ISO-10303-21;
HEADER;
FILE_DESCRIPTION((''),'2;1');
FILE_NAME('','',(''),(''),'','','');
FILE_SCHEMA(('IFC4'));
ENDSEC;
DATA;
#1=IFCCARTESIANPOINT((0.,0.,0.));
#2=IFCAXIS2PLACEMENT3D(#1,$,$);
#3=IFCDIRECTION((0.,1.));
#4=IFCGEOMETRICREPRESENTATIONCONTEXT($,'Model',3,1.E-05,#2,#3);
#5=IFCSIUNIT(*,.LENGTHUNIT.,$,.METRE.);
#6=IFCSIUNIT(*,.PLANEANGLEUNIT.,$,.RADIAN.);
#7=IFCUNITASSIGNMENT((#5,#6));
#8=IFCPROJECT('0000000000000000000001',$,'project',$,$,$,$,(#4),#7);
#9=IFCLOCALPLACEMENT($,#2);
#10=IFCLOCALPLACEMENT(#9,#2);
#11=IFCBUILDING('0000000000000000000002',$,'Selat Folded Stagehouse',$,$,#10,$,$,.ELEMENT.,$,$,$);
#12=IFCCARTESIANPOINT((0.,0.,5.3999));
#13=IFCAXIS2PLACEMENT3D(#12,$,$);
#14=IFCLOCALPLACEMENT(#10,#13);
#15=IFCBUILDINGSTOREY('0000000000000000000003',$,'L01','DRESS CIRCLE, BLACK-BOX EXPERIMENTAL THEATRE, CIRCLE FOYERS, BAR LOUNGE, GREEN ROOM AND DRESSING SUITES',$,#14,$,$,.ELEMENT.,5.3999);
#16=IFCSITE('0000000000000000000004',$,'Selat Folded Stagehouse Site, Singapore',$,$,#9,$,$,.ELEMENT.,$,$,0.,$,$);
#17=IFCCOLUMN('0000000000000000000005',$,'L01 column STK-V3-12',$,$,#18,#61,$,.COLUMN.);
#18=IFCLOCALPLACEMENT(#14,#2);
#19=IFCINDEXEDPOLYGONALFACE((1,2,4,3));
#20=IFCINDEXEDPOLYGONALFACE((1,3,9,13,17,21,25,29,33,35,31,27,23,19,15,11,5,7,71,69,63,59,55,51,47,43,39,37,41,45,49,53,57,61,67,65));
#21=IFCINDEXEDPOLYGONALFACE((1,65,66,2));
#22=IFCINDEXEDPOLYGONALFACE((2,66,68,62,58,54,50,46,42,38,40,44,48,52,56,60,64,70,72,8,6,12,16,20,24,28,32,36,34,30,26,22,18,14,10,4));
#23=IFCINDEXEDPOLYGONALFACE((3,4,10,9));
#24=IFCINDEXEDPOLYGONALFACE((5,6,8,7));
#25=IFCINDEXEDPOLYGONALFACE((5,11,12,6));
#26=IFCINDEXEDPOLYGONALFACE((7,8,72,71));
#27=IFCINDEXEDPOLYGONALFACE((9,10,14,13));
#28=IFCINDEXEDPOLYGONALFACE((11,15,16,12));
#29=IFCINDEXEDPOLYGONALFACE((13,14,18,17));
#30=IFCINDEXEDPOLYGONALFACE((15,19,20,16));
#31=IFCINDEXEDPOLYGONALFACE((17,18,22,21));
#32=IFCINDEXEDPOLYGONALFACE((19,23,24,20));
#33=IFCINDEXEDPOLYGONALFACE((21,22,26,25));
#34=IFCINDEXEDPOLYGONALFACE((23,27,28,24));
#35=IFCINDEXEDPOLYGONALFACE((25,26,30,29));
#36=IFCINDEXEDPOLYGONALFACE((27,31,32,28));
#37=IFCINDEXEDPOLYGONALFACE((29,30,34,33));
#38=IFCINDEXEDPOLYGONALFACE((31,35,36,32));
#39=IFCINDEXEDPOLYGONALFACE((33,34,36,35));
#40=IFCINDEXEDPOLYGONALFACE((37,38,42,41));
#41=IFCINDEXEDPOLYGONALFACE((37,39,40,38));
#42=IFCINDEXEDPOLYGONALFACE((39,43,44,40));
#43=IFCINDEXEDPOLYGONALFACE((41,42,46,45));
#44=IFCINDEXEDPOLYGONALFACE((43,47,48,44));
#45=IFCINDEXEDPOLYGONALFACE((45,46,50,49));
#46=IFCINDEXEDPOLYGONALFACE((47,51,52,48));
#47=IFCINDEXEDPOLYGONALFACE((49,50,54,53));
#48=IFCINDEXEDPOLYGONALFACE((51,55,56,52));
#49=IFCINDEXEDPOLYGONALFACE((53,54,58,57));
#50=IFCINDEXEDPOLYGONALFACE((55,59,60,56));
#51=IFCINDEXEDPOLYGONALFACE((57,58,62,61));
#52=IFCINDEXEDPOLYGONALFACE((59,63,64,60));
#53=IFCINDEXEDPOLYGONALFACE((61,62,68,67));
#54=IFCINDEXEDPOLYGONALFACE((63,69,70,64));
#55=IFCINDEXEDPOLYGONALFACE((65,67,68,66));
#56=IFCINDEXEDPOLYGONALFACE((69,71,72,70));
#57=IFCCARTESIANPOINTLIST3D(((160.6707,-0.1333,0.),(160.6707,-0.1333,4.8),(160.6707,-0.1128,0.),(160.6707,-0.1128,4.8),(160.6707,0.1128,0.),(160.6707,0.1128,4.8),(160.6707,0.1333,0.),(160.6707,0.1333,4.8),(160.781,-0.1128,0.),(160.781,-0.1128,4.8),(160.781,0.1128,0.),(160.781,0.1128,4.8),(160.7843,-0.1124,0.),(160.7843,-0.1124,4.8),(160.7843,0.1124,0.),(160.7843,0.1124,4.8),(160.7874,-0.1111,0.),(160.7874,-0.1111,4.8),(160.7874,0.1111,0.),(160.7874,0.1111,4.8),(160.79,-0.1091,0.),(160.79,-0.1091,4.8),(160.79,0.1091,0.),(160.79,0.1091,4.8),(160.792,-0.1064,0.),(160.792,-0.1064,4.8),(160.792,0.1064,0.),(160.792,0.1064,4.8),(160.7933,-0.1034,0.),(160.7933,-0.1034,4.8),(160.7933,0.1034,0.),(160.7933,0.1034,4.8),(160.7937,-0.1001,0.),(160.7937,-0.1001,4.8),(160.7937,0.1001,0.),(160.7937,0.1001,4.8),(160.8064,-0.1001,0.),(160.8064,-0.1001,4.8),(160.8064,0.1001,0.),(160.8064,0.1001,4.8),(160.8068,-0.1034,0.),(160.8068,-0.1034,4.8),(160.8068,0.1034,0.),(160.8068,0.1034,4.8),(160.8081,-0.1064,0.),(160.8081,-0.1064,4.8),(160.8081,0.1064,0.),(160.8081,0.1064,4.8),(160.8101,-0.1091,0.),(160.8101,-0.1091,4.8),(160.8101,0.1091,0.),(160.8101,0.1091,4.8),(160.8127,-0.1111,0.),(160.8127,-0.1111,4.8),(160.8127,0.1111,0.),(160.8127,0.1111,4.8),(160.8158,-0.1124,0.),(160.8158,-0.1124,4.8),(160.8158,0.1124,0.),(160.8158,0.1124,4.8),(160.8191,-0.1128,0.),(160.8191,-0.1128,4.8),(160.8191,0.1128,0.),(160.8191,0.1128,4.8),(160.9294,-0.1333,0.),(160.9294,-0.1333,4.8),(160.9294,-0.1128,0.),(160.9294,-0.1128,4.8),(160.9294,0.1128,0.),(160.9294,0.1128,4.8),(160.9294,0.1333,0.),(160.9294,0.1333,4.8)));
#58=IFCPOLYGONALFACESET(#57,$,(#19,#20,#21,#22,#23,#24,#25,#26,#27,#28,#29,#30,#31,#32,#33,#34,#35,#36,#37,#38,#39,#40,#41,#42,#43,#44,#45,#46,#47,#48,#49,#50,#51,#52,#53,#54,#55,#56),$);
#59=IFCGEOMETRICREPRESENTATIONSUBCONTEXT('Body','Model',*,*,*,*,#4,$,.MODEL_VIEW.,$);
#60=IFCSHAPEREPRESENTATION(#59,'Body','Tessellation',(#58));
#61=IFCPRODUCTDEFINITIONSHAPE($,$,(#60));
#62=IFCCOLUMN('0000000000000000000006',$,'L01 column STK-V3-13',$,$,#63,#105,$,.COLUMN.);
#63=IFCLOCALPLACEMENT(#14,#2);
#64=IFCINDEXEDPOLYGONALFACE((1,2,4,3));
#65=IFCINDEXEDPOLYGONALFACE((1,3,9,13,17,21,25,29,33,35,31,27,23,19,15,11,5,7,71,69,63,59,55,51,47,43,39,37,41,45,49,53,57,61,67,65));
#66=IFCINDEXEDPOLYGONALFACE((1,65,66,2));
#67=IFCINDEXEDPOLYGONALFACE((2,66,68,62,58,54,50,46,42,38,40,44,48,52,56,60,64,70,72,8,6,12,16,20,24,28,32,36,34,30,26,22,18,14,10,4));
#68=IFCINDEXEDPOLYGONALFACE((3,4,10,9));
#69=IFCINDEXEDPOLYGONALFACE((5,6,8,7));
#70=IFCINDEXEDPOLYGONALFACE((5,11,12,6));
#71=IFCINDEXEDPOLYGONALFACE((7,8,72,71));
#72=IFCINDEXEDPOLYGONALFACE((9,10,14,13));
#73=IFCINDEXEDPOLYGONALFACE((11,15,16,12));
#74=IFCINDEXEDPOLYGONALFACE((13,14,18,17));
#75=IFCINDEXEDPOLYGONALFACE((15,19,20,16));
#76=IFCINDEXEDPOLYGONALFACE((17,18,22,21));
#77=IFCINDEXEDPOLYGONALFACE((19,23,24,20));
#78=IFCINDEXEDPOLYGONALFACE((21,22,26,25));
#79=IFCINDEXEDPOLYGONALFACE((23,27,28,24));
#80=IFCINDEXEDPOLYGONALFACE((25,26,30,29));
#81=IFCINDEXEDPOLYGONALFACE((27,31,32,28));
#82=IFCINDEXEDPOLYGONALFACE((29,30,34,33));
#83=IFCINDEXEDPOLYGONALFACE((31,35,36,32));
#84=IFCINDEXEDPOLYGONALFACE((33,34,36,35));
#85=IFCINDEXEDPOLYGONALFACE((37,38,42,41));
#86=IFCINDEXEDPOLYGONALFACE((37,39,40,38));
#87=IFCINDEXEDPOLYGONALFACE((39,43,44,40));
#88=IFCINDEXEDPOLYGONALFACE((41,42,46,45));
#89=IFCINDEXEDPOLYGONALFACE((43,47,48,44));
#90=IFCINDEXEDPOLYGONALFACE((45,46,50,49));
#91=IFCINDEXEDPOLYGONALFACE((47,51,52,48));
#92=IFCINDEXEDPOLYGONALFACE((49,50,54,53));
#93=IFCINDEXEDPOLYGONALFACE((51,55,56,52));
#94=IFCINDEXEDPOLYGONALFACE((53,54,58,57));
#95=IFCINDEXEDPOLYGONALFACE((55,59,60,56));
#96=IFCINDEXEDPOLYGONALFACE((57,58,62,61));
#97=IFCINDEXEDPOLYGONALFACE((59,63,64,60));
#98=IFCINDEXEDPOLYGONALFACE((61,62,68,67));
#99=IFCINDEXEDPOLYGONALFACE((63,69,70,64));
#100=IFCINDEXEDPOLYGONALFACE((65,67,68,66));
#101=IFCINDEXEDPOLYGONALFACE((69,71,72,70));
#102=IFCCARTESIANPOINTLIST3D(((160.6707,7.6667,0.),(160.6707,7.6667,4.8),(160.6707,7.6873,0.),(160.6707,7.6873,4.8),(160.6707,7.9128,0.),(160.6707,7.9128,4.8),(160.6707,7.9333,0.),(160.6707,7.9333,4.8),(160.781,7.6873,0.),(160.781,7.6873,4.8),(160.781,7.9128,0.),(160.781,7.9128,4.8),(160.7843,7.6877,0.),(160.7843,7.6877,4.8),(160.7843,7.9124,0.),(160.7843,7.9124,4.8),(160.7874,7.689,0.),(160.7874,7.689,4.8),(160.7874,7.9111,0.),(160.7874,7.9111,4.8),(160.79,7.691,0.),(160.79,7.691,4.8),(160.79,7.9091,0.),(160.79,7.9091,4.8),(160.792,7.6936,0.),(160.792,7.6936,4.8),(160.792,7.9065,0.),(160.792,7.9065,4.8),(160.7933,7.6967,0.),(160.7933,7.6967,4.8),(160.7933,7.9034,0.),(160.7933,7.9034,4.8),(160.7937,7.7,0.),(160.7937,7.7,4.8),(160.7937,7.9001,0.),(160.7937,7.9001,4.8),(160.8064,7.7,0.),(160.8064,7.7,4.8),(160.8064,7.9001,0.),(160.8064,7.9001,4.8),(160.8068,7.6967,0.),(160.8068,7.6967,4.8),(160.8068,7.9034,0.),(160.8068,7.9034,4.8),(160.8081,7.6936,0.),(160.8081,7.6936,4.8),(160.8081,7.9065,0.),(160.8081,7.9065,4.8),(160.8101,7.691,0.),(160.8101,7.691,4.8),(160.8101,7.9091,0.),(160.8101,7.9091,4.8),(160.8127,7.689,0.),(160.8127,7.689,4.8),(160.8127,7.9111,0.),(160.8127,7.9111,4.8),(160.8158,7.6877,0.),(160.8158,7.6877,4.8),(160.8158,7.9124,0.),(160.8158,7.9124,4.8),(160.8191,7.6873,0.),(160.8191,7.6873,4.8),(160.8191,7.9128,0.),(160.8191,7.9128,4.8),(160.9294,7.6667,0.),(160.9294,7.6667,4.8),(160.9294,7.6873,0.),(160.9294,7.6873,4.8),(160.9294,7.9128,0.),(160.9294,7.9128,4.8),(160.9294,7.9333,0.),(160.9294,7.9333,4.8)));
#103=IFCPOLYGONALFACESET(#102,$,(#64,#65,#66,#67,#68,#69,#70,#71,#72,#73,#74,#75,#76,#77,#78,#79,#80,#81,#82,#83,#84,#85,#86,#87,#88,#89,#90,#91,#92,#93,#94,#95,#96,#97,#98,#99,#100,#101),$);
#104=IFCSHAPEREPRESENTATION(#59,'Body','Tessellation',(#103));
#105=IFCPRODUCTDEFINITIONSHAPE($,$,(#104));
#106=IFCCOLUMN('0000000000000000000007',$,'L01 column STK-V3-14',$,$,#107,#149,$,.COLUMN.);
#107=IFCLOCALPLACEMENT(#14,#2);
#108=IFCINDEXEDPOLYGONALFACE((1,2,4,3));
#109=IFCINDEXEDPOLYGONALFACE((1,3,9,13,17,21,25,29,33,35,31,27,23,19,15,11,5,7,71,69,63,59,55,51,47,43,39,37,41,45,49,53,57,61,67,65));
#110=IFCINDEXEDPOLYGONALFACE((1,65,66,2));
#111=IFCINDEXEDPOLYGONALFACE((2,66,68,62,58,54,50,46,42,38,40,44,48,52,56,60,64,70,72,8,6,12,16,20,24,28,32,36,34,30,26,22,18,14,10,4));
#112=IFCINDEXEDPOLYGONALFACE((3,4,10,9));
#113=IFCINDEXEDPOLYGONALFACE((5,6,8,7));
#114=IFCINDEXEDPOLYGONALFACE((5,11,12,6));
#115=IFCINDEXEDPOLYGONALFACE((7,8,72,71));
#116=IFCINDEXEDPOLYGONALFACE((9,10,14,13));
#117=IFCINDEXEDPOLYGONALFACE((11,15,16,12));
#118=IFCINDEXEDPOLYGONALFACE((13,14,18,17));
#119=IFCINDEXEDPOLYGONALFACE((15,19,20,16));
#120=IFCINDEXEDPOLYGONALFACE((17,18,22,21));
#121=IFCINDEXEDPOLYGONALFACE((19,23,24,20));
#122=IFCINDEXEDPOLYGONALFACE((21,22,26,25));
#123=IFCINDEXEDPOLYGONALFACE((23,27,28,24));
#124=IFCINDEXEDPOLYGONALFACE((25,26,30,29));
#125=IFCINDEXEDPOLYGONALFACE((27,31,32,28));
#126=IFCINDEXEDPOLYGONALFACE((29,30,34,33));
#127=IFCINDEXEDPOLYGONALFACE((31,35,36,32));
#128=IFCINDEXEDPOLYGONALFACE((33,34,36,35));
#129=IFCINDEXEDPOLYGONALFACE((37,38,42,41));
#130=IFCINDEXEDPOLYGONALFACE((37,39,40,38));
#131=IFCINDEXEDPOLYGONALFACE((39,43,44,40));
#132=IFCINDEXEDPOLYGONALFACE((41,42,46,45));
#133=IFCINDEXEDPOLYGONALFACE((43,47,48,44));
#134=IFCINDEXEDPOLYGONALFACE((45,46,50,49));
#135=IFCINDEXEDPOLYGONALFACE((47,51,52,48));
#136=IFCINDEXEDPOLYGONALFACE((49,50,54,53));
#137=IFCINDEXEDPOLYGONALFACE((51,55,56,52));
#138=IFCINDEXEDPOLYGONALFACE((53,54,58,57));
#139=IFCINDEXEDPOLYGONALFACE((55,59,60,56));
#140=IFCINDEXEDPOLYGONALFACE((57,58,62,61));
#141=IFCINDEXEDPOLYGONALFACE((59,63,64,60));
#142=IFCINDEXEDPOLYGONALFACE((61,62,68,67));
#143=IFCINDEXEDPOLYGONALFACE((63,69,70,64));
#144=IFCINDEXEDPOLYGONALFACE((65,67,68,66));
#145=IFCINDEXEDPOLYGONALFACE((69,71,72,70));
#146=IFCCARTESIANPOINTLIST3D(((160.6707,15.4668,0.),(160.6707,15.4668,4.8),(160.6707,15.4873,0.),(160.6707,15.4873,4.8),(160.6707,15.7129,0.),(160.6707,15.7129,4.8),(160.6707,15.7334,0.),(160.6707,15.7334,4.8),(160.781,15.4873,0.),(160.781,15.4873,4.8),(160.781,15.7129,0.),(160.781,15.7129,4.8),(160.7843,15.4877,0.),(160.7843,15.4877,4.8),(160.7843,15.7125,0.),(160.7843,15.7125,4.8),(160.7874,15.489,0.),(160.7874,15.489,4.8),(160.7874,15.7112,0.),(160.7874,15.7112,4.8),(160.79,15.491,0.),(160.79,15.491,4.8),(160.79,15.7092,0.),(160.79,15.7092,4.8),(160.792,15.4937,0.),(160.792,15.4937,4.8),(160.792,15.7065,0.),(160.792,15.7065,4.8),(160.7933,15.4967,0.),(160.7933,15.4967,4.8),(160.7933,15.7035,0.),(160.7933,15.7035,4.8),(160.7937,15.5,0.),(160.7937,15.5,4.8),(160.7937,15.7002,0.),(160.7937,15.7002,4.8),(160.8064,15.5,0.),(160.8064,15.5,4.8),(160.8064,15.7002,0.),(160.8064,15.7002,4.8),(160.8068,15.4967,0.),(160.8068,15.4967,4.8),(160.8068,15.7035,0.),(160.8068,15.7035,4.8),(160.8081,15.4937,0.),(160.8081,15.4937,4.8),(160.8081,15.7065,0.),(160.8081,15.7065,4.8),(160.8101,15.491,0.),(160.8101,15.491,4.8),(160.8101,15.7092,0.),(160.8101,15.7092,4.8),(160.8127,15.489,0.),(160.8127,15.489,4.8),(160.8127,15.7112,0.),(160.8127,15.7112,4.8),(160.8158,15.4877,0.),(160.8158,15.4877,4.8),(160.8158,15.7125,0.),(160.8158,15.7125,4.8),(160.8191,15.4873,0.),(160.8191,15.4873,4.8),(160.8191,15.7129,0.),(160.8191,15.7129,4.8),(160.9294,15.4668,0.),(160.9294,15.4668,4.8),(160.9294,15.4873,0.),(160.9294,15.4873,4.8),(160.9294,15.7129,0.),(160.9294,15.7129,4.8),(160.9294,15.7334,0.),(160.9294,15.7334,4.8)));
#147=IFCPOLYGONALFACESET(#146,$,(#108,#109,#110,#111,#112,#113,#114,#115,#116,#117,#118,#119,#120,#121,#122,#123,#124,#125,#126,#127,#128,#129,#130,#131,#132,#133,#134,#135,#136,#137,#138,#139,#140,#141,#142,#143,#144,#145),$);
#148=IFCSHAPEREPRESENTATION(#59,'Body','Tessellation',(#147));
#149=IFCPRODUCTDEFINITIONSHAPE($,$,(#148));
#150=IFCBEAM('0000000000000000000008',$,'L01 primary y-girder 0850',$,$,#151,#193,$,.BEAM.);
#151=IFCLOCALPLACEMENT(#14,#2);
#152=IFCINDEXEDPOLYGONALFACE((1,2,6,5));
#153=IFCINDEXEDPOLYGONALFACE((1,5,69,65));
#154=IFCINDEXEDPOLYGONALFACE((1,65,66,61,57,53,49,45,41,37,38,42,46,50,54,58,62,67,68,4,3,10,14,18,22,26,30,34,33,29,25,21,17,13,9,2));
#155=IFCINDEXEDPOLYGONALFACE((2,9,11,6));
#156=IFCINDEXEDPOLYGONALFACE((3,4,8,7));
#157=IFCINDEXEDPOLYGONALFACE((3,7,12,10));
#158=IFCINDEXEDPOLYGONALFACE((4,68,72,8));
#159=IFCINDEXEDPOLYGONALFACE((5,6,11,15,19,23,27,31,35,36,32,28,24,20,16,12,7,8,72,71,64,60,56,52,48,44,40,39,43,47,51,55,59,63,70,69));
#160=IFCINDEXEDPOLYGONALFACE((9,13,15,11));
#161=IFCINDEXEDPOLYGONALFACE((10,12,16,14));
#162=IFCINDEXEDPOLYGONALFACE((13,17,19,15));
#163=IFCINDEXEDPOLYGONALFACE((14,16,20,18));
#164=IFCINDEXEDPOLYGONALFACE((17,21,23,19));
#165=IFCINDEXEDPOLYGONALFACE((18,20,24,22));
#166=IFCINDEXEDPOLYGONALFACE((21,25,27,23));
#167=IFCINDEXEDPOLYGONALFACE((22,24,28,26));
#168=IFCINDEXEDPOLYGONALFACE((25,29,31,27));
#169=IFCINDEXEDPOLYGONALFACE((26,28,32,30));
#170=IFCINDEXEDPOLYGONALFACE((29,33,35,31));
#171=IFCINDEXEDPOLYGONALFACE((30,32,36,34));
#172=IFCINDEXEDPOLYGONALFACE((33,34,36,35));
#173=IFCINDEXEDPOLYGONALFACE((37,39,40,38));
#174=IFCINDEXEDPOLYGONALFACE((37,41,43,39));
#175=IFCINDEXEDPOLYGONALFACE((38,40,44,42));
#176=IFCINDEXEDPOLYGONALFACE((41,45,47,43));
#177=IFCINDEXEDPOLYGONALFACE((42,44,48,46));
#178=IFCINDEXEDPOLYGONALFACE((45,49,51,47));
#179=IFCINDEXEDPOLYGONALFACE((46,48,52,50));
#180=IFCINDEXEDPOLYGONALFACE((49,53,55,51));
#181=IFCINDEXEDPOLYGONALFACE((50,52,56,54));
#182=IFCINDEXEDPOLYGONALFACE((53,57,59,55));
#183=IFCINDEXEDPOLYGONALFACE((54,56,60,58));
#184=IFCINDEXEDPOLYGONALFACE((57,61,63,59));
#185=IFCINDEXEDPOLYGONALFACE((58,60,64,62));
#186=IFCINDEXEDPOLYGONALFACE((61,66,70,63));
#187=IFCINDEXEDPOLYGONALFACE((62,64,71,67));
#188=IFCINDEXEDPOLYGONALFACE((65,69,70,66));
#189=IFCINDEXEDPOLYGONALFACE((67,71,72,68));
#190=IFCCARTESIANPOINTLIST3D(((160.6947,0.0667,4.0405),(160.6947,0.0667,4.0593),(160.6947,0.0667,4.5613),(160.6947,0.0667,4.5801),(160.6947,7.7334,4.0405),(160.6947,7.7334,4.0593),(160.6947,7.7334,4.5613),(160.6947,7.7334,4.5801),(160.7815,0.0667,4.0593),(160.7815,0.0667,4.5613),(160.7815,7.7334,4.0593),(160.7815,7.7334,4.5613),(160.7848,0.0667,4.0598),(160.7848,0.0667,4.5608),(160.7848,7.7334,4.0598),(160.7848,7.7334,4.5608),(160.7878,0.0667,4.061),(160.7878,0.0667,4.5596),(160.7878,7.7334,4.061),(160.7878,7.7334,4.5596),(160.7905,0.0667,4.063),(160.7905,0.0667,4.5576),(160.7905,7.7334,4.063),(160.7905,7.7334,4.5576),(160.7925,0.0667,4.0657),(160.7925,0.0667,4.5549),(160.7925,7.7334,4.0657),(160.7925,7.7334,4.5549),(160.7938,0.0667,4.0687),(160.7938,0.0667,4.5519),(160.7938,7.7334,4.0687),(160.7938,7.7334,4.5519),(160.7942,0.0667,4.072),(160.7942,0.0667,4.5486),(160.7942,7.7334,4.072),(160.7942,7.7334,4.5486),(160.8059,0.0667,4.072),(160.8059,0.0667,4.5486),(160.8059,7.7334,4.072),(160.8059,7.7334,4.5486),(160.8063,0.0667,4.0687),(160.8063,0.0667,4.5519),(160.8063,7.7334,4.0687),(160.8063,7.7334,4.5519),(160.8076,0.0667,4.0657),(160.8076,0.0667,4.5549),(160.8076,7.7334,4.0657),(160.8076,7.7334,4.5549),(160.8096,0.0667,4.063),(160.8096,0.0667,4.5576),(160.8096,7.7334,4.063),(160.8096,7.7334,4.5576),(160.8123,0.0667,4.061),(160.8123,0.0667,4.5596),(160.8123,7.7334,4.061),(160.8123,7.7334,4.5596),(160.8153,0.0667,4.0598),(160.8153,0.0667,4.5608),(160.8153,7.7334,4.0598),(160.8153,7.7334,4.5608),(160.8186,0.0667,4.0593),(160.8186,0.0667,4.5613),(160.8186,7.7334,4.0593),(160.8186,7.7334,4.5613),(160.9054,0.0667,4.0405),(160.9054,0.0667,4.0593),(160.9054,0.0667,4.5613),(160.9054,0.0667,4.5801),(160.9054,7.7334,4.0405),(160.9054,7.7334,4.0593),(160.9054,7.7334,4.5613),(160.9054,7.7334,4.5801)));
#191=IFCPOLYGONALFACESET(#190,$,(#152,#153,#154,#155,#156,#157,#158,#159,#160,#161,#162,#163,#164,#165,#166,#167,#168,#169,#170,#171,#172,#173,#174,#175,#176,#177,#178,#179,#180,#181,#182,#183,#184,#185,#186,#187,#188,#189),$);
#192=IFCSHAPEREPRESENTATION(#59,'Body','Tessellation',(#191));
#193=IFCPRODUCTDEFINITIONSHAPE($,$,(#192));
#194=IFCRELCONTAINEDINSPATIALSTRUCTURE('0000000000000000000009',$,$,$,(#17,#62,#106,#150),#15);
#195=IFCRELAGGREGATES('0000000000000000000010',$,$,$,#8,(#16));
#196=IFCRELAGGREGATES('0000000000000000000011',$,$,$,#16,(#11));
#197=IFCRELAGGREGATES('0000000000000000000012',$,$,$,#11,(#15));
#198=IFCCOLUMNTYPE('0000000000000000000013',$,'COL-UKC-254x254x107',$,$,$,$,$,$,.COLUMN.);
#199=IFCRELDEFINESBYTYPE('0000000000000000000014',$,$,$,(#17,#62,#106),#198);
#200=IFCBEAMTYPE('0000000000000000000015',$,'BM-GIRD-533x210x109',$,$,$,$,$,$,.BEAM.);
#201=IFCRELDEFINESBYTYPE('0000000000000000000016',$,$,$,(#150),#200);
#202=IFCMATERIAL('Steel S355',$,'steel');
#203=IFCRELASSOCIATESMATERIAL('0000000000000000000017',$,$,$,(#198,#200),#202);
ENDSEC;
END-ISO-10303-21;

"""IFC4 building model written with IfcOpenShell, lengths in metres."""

from ifc_helpers import new_model, si_unit, direction, frame, origin, origin_2d, place, context, subcontext, project, spatial, i_section, extrude, material, material_profile, profile_set, type_object, element, save


model = new_model("IFC4")

# Units and contexts
model_context = context("Model", 3, precision=1e-05, world=origin(), true_north=direction((0.0, 1.0)))
body_context = subcontext(model_context, "Body", "Model", "MODEL_VIEW")
ifc_project = project(units=[si_unit("LENGTHUNIT", "METRE"), si_unit("PLANEANGLEUNIT", "RADIAN")], contexts=[model_context])

# Site, building, storey
site_placement = place(None, origin())
site = spatial("IfcSite", under=ifc_project, at=site_placement, Name="Selat Folded Stagehouse Site, Singapore", CompositionType="ELEMENT", RefElevation=0.0)
building_placement = place(site_placement, origin())
building = spatial("IfcBuilding", under=site, at=building_placement, Name="Selat Folded Stagehouse", CompositionType="ELEMENT")
storey_placement = place(building_placement, frame((0.0, 0.0, 5.3999)))
storey = spatial("IfcBuildingStorey", under=building, at=storey_placement, Name="L01", Description="DRESS CIRCLE, BLACK-BOX EXPERIMENTAL THEATRE, CIRCLE FOYERS, BAR LOUNGE, GREEN ROOM AND DRESSING SUITES", CompositionType="ELEMENT", Elevation=5.3999)

# Columns
ifc_material_1 = material(Name="Steel S355", Category="steel")
ifc_material_profile_1 = material_profile(ifc_material_1, i_section(OverallWidth=0.2588, OverallDepth=0.2666, WebThickness=0.0127, FlangeThickness=0.0205, FilletRadius=0.0127, at=origin_2d()), Name="UKC 254x254x107")
ifc_profile_set_1 = profile_set([ifc_material_profile_1], Name="Steel S355")
column_type = type_object("IfcColumnType", Name="COL-UKC-254x254x107", PredefinedType="COLUMN", material=ifc_profile_set_1)
for number, where, z_axis, x_axis, name in (
    (1, (160.8, 0.0, 0.0), (0.0, 0.0, 1.0), (1.0, 0.0, 0.0), "L01 column STK-V3-12"),
    (2, (160.8, 7.8, 0.0), (0.0, 0.0, 1.0), (1.0, 0.0, 0.0), "L01 column STK-V3-13"),
    (3, (160.8, 15.6001, 0.0), (0.0, 0.0, 1.0), (1.0, 0.0, 0.0), "L01 column STK-V3-14"),
):
    element("IfcColumn", number, at=place(storey_placement, frame(where, z_axis=z_axis, x_axis=x_axis)), inside=storey, type_object=column_type, Name=name, PredefinedType="COLUMN", context=body_context, shape_type="SweptSolid", body=[
        extrude(i_section(OverallWidth=0.2588, OverallDepth=0.2666, WebThickness=0.0127, FlangeThickness=0.0205, FilletRadius=0.0127, at=origin_2d()), origin(), (0.0, 0.0, 1.0), 4.8),
    ])

# Beam
ifc_material_profile_2 = material_profile(ifc_material_1, i_section(OverallWidth=0.2107, OverallDepth=0.5396, WebThickness=0.0117, FlangeThickness=0.0188, FilletRadius=0.0127, at=origin_2d()), Name="UKB 533x210x109")
ifc_profile_set_2 = profile_set([ifc_material_profile_2], Name="Steel S355")
beam_type_1 = type_object("IfcBeamType", Name="BM-GIRD-533x210x109", PredefinedType="BEAM", material=ifc_profile_set_2)
beam_1_placement = place(storey_placement, frame((160.8, 0.0667, 4.3103), z_axis=(0.0, 1.0, 0.0), x_axis=(-1.0, 0.0, 0.0)))
element("IfcBeam", 4, at=beam_1_placement, inside=storey, type_object=beam_type_1, Name="L01 primary y-girder 0850", PredefinedType="BEAM", context=body_context, shape_type="SweptSolid", body=[
    extrude(i_section(OverallWidth=0.2107, OverallDepth=0.5396, WebThickness=0.0117, FlangeThickness=0.0188, FilletRadius=0.0127, at=origin_2d()), origin(), (0.0, 0.0, 1.0), 7.6667),
])

save(model, "model.ifc")
